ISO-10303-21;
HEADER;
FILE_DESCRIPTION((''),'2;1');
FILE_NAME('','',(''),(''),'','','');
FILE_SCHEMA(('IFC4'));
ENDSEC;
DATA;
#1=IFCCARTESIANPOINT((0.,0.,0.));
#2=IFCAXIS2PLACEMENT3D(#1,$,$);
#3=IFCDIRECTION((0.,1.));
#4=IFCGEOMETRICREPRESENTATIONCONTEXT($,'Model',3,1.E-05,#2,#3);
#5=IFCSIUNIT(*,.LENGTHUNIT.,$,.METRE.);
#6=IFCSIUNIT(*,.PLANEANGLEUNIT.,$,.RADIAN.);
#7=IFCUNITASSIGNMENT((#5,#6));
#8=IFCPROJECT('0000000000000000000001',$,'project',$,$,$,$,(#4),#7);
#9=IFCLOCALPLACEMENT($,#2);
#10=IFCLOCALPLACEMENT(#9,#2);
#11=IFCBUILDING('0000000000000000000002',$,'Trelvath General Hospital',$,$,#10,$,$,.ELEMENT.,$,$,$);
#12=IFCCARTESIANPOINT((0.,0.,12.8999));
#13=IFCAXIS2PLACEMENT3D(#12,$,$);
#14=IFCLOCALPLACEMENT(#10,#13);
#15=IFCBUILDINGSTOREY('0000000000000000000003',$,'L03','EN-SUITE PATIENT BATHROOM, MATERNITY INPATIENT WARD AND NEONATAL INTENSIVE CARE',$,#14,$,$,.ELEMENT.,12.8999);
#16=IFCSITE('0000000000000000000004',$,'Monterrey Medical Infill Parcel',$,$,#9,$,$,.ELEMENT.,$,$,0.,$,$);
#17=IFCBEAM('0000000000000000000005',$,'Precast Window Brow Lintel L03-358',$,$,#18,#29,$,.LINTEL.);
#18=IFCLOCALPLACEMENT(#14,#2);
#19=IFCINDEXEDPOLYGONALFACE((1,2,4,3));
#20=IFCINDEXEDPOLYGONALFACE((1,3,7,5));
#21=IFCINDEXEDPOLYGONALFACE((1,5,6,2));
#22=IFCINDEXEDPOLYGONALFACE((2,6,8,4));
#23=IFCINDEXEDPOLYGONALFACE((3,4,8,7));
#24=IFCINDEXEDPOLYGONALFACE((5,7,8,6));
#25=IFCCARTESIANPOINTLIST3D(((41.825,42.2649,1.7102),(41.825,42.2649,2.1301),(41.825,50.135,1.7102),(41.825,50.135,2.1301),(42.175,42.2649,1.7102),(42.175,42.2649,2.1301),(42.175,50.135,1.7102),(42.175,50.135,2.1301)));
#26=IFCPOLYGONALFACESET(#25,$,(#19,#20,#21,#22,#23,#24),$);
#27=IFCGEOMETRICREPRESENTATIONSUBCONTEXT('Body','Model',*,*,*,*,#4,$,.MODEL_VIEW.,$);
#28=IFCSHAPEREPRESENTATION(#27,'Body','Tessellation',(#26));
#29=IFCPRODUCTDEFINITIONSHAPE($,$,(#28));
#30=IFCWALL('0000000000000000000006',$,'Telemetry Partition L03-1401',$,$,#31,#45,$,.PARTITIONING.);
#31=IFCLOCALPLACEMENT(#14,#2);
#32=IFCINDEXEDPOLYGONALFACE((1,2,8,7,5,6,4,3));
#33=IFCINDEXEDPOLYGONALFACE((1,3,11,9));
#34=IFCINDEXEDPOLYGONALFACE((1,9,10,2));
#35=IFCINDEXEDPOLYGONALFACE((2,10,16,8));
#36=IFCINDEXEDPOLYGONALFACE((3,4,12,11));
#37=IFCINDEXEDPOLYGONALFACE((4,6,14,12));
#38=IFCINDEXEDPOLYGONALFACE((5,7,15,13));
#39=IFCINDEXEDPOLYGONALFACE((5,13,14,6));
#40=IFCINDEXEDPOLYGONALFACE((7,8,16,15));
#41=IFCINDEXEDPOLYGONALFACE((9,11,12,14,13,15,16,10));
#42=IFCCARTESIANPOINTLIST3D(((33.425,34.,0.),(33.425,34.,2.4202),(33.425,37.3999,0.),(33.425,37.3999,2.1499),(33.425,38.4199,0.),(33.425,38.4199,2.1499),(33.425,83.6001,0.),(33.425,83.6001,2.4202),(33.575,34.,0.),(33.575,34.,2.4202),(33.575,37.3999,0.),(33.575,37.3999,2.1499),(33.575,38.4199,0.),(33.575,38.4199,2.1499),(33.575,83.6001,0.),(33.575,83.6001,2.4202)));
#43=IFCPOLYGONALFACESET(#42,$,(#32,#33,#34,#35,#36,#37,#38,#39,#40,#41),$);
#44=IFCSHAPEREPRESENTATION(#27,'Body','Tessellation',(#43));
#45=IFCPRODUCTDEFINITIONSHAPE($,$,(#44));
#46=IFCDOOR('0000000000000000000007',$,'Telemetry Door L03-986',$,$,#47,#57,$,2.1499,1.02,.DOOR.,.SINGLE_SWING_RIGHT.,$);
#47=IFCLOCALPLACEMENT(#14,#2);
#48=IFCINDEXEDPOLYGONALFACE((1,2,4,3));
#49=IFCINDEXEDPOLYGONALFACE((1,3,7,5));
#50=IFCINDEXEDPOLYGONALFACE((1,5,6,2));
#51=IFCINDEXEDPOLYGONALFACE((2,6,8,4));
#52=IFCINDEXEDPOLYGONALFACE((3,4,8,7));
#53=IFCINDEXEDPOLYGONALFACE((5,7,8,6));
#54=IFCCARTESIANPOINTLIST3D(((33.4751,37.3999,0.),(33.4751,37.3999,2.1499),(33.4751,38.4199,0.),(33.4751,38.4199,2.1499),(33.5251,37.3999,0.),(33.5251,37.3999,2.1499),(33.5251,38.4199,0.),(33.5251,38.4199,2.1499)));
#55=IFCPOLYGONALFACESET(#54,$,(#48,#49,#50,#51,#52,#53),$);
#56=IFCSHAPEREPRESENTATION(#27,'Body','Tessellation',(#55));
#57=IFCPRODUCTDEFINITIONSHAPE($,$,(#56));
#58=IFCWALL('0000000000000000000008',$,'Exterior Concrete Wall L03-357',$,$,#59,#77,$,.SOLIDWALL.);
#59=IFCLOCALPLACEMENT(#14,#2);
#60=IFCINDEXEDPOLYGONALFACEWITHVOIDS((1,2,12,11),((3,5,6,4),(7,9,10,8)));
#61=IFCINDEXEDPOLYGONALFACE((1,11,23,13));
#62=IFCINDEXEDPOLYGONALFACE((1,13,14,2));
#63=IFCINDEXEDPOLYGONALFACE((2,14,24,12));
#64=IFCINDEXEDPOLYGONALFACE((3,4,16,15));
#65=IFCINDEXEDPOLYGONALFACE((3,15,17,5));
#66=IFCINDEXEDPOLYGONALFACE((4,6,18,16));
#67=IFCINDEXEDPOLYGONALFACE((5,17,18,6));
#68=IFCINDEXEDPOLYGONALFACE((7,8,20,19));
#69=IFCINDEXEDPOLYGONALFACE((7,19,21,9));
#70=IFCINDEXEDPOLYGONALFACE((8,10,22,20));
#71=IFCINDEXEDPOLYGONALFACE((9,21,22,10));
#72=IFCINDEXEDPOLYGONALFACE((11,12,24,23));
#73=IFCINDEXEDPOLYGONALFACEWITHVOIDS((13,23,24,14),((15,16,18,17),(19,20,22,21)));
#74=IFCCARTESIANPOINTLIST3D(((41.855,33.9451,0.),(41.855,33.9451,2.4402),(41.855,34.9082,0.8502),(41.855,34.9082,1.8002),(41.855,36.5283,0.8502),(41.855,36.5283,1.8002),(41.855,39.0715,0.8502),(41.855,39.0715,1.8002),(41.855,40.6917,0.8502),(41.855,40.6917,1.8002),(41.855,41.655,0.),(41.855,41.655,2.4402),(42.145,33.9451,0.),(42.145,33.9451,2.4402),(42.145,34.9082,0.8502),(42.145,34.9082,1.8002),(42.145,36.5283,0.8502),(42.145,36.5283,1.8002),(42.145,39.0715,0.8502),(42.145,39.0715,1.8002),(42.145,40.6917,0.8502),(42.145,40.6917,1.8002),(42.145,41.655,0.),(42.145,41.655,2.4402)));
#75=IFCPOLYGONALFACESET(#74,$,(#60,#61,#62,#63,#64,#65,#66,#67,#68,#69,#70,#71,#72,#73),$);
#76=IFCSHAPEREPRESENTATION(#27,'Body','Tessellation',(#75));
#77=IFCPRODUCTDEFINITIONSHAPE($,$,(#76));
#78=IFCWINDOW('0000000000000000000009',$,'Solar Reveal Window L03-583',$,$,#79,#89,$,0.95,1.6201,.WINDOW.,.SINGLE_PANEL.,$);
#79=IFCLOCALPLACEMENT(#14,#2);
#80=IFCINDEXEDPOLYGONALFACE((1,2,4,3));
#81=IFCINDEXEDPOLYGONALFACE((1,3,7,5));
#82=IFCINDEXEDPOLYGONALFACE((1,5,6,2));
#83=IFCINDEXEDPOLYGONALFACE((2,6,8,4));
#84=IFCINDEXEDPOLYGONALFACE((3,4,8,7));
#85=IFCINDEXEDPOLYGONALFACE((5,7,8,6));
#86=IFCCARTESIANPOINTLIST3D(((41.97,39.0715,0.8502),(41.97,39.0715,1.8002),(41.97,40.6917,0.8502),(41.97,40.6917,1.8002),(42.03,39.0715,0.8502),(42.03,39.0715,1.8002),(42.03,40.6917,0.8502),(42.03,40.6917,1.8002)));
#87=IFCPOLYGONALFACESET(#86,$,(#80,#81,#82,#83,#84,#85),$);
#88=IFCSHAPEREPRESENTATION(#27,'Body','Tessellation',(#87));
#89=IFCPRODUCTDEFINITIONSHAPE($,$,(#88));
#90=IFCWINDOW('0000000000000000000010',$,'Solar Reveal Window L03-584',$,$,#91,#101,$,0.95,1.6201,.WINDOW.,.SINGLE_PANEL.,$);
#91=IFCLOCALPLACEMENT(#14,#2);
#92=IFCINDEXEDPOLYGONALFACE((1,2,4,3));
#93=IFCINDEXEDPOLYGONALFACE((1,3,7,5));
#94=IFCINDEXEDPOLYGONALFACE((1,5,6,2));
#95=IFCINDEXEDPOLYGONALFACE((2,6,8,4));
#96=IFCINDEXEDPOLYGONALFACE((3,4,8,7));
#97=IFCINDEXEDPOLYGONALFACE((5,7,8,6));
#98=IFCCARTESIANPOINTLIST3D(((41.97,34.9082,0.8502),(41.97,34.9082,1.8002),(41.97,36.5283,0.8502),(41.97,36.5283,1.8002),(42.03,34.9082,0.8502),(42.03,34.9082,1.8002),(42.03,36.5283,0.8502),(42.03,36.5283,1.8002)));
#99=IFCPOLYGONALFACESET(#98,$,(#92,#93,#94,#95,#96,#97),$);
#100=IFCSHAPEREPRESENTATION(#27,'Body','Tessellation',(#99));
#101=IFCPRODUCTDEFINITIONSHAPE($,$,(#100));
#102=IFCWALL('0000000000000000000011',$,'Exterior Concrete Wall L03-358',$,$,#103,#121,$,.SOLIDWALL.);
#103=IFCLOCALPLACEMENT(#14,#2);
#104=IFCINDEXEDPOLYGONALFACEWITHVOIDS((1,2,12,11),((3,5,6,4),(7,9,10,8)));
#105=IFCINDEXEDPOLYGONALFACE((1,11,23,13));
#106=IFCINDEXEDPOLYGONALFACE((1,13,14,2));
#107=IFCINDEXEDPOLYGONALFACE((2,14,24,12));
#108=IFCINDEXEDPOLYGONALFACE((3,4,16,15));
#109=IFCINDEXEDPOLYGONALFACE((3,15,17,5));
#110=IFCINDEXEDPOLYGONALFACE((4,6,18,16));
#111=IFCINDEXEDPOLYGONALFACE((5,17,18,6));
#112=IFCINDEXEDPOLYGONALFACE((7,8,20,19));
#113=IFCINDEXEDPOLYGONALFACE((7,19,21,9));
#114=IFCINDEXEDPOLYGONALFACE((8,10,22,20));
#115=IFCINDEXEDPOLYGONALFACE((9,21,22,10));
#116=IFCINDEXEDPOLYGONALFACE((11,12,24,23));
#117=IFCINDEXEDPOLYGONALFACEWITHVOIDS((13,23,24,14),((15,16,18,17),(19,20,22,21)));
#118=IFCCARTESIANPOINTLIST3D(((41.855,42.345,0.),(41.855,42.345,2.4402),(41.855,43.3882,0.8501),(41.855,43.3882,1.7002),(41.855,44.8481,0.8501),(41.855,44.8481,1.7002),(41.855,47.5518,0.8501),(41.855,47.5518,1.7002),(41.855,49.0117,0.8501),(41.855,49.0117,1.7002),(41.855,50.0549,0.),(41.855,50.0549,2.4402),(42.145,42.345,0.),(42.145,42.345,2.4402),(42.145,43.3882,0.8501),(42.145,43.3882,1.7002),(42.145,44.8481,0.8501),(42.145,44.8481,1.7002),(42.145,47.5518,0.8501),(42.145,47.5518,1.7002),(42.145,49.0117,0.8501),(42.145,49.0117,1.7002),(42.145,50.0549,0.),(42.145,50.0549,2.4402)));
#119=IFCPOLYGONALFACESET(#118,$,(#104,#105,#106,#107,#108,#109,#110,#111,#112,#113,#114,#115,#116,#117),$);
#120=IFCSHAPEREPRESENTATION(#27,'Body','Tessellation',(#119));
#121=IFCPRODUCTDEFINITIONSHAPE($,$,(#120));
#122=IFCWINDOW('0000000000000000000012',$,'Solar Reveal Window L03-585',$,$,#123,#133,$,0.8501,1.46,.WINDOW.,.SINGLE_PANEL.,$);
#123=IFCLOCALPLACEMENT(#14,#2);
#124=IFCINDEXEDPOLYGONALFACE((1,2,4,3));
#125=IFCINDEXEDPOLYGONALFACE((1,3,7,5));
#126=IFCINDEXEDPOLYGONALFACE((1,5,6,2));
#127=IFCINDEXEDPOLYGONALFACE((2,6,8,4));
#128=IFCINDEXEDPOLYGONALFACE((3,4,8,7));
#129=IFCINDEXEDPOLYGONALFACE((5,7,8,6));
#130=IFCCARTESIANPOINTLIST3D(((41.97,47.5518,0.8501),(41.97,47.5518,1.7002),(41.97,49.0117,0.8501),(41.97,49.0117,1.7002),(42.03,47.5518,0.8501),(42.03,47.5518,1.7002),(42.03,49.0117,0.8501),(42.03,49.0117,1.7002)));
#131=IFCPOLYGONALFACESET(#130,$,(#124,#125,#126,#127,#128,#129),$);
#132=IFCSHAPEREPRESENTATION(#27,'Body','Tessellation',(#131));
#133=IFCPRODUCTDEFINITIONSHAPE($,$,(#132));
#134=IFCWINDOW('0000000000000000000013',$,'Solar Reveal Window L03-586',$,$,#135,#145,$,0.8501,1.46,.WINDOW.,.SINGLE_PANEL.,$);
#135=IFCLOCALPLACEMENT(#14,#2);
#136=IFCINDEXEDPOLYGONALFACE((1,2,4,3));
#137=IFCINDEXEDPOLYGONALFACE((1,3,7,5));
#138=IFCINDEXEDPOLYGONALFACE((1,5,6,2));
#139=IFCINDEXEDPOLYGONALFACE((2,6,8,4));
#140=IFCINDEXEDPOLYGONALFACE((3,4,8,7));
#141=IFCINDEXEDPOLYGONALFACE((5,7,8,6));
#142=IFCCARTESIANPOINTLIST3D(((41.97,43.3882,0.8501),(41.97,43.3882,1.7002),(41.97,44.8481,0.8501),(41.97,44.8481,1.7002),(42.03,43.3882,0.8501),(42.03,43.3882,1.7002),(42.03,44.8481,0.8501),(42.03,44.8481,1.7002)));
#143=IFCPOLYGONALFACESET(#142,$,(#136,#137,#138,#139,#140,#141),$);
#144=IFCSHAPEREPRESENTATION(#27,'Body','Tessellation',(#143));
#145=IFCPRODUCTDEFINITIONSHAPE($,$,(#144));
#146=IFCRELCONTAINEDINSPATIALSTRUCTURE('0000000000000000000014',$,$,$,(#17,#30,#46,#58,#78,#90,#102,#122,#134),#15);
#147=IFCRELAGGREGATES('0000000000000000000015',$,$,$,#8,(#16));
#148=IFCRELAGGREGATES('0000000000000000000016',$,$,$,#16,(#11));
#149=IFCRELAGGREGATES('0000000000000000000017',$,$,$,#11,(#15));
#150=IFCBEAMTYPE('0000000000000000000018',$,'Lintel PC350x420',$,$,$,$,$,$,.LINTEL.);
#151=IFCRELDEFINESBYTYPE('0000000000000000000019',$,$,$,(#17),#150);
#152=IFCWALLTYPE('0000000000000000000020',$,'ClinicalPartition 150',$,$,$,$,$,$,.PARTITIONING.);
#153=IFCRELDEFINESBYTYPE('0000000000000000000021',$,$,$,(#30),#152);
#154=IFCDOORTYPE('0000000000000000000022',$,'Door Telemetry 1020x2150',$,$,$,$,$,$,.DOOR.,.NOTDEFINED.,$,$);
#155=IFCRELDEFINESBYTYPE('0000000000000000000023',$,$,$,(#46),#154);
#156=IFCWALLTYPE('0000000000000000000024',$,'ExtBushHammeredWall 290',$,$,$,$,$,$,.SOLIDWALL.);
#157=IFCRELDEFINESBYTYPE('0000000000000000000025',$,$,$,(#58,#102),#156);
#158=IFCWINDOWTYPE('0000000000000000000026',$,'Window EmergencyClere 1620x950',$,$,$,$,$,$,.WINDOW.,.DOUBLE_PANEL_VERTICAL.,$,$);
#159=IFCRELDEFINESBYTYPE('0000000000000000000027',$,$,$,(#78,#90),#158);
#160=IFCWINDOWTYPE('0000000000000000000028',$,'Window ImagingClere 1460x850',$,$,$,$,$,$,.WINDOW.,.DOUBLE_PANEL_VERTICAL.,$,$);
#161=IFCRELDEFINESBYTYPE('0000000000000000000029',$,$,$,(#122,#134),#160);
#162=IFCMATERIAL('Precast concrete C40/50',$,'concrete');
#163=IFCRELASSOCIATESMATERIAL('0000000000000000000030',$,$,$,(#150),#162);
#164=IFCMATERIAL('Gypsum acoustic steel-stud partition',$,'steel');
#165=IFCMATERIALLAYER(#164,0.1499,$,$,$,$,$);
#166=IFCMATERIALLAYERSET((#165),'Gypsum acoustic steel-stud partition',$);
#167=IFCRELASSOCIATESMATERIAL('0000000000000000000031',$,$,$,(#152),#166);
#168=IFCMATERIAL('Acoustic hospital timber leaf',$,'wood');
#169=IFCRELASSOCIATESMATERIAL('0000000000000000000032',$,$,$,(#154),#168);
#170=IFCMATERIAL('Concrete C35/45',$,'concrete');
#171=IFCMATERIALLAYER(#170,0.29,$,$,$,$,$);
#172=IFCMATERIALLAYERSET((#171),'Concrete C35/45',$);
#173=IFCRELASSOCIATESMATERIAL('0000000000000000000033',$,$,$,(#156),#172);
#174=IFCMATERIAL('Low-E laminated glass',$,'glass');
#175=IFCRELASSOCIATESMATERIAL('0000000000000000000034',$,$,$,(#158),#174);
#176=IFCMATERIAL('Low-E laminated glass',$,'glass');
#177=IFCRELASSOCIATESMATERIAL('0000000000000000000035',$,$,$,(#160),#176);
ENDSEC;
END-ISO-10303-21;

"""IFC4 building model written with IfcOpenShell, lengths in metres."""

from ifc_helpers import new_model, si_unit, direction, frame, frame_2d, origin, origin_2d, place, context, subcontext, project, spatial, rectangle, extrude, material, layer, layer_set, material_profile, profile_set, type_object, element, fill, save


model = new_model("IFC4")

# Units and contexts
model_context = context("Model", 3, precision=1e-05, world=origin(), true_north=direction((0.0, 1.0)))
body_context = subcontext(model_context, "Body", "Model", "MODEL_VIEW")
ifc_project = project(units=[si_unit("LENGTHUNIT", "METRE"), si_unit("PLANEANGLEUNIT", "RADIAN")], contexts=[model_context])

# Site, building, storey
site_placement = place(None, origin())
site = spatial("IfcSite", under=ifc_project, at=site_placement, Name="Monterrey Medical Infill Parcel", CompositionType="ELEMENT", RefElevation=0.0)
building_placement = place(site_placement, origin())
building = spatial("IfcBuilding", under=site, at=building_placement, Name="Trelvath General Hospital", CompositionType="ELEMENT")
storey_placement = place(building_placement, frame((0.0, 0.0, 12.8999)))
storey = spatial("IfcBuildingStorey", under=building, at=storey_placement, Name="L03", Description="EN-SUITE PATIENT BATHROOM, MATERNITY INPATIENT WARD AND NEONATAL INTENSIVE CARE", CompositionType="ELEMENT", Elevation=12.8999)

# Beam
ifc_material_1 = material(Name="Precast concrete C40/50", Category="concrete")
ifc_material_profile_1 = material_profile(ifc_material_1, rectangle(XDim=0.3501, YDim=0.4199, at=origin_2d()), Name="PCL350x420")
ifc_profile_set_1 = profile_set([ifc_material_profile_1], Name="Precast concrete C40/50")
beam_type_1 = type_object("IfcBeamType", Name="Lintel PC350x420", PredefinedType="LINTEL", material=ifc_profile_set_1)
beam_1_placement = place(storey_placement, frame((42.0, 50.135, 1.9202), z_axis=(0.0, -1.0, 0.0), x_axis=(1.0, 0.0, 0.0)))
element("IfcBeam", 1, at=beam_1_placement, inside=storey, type_object=beam_type_1, Name="Precast Window Brow Lintel L03-358", PredefinedType="LINTEL", context=body_context, shape_type="SweptSolid", body=[
    extrude(rectangle(XDim=0.3501, YDim=0.4199, at=origin_2d()), origin(), (0.0, 0.0, 1.0), 7.8701),
])

# Wall, opening, door
ifc_material_2 = material(Name="Gypsum acoustic steel-stud partition", Category="steel")
ifc_layer_1 = layer(ifc_material_2, 0.1499)
ifc_layer_set_1 = layer_set([ifc_layer_1], Name="Gypsum acoustic steel-stud partition")
wall_type_1 = type_object("IfcWallType", Name="ClinicalPartition 150", PredefinedType="PARTITIONING", material=ifc_layer_set_1)
wall_1_placement = place(storey_placement, frame((33.5, 34.0, 0.0), z_axis=(0.0, 0.0, 1.0), x_axis=(0.0, 1.0, 0.0)))
wall_1 = element("IfcWall", 2, at=wall_1_placement, inside=storey, type_object=wall_type_1, Name="Telemetry Partition L03-1401", PredefinedType="PARTITIONING", context=body_context, shape_type="SweptSolid", body=[
    extrude(rectangle(XDim=49.6001, YDim=0.1499, at=frame_2d((24.8, 0.0))), origin(), (0.0, 0.0, 1.0), 2.4202),
])
opening_1_placement = place(wall_1_placement, frame((3.3999, 0.0, 0.0)))
opening_1 = element("IfcOpeningElement", 3, at=opening_1_placement, cuts=wall_1, PredefinedType="OPENING", context=body_context, shape_type="SweptSolid", body=[
    extrude(rectangle(XDim=1.02, YDim=2.1499, at=frame_2d((0.51, 1.075))), frame((0.0, 0.085, 0.0), z_axis=(0.0, -1.0, 0.0), x_axis=(1.0, 0.0, 0.0)), (0.0, 0.0, 1.0), 0.1699),
])
ifc_material_3 = material(Name="Acoustic hospital timber leaf", Category="wood")
door_type = type_object("IfcDoorType", Name="Door Telemetry 1020x2150", OperationType="NOTDEFINED", PredefinedType="DOOR", material=ifc_material_3)
door_placement = place(opening_1_placement, origin())
door = element("IfcDoor", 4, at=door_placement, inside=storey, type_object=door_type, Name="Telemetry Door L03-986", OperationType="SINGLE_SWING_RIGHT", OverallHeight=2.1499, OverallWidth=1.02, PredefinedType="DOOR", context=body_context, shape_type="SweptSolid", body=[
    extrude(rectangle(XDim=1.02, YDim=2.1499, at=frame_2d((0.51, 1.075))), frame((0.0, 0.0249, 0.0), z_axis=(0.0, -1.0, 0.0), x_axis=(1.0, 0.0, 0.0)), (0.0, 0.0, 1.0), 0.05),
])
fill(opening_1, door)

# Walls, openings, windows
ifc_material_4 = material(Name="Concrete C35/45", Category="concrete")
ifc_layer_2 = layer(ifc_material_4, 0.29)
ifc_layer_set_2 = layer_set([ifc_layer_2], Name="Concrete C35/45")
wall_type_2 = type_object("IfcWallType", Name="ExtBushHammeredWall 290", PredefinedType="SOLIDWALL", material=ifc_layer_set_2)
wall_2_placement = place(storey_placement, frame((42.0, 41.655, 0.0), z_axis=(0.0, 0.0, 1.0), x_axis=(0.0, -1.0, 0.0)))
wall_2 = element("IfcWall", 5, at=wall_2_placement, inside=storey, type_object=wall_type_2, Name="Exterior Concrete Wall L03-357", PredefinedType="SOLIDWALL", context=body_context, shape_type="SweptSolid", body=[
    extrude(rectangle(XDim=7.71, YDim=0.29, at=frame_2d((3.855, 0.0))), origin(), (0.0, 0.0, 1.0), 2.4402),
])
opening_2_placement = place(wall_2_placement, frame((0.9634, 0.0, 0.8501)))
opening_2 = element("IfcOpeningElement", 6, at=opening_2_placement, cuts=wall_2, PredefinedType="OPENING", context=body_context, shape_type="SweptSolid", body=[
    extrude(rectangle(XDim=1.6201, YDim=0.95, at=frame_2d((0.8101, 0.4751))), frame((0.0, 0.155, 0.0), z_axis=(0.0, -1.0, 0.0), x_axis=(1.0, 0.0, 0.0)), (0.0, 0.0, 1.0), 0.3101),
])
opening_3_placement = place(wall_2_placement, frame((5.1267, 0.0, 0.8501)))
opening_3 = element("IfcOpeningElement", 7, at=opening_3_placement, cuts=wall_2, PredefinedType="OPENING", context=body_context, shape_type="SweptSolid", body=[
    extrude(rectangle(XDim=1.6201, YDim=0.95, at=frame_2d((0.8101, 0.4751))), frame((0.0, 0.155, 0.0), z_axis=(0.0, -1.0, 0.0), x_axis=(1.0, 0.0, 0.0)), (0.0, 0.0, 1.0), 0.3101),
])
ifc_material_5 = material(Name="Low-E laminated glass", Category="glass")
window_type_1 = type_object("IfcWindowType", Name="Window EmergencyClere 1620x950", PartitioningType="DOUBLE_PANEL_VERTICAL", PredefinedType="WINDOW", material=ifc_material_5)
window_1_placement = place(opening_2_placement, origin())
window_1 = element("IfcWindow", 8, at=window_1_placement, inside=storey, type_object=window_type_1, Name="Solar Reveal Window L03-583", OverallHeight=0.95, OverallWidth=1.6201, PartitioningType="SINGLE_PANEL", PredefinedType="WINDOW", context=body_context, shape_type="SweptSolid", body=[
    extrude(rectangle(XDim=1.6201, YDim=0.95, at=frame_2d((0.8101, 0.4751))), frame((0.0, 0.03, 0.0), z_axis=(0.0, -1.0, 0.0), x_axis=(1.0, 0.0, 0.0)), (0.0, 0.0, 1.0), 0.0601),
])
fill(opening_2, window_1)
window_2_placement = place(opening_3_placement, origin())
window_2 = element("IfcWindow", 9, at=window_2_placement, inside=storey, type_object=window_type_1, Name="Solar Reveal Window L03-584", OverallHeight=0.95, OverallWidth=1.6201, PartitioningType="SINGLE_PANEL", PredefinedType="WINDOW", context=body_context, shape_type="SweptSolid", body=[
    extrude(rectangle(XDim=1.6201, YDim=0.95, at=frame_2d((0.8101, 0.4751))), frame((0.0, 0.03, 0.0), z_axis=(0.0, -1.0, 0.0), x_axis=(1.0, 0.0, 0.0)), (0.0, 0.0, 1.0), 0.0601),
])
fill(opening_3, window_2)
wall_3_placement = place(storey_placement, frame((42.0, 50.0549, 0.0), z_axis=(0.0, 0.0, 1.0), x_axis=(0.0, -1.0, 0.0)))
wall_3 = element("IfcWall", 10, at=wall_3_placement, inside=storey, type_object=wall_type_2, Name="Exterior Concrete Wall L03-358", PredefinedType="SOLIDWALL", context=body_context, shape_type="SweptSolid", body=[
    extrude(rectangle(XDim=7.71, YDim=0.29, at=frame_2d((3.855, 0.0))), origin(), (0.0, 0.0, 1.0), 2.4402),
])
opening_4_placement = place(wall_3_placement, frame((1.0432, 0.0, 0.8501)))
opening_4 = element("IfcOpeningElement", 11, at=opening_4_placement, cuts=wall_3, PredefinedType="OPENING", context=body_context, shape_type="SweptSolid", body=[
    extrude(rectangle(XDim=1.46, YDim=0.8501, at=frame_2d((0.73, 0.425))), frame((0.0, 0.155, 0.0), z_axis=(0.0, -1.0, 0.0), x_axis=(1.0, 0.0, 0.0)), (0.0, 0.0, 1.0), 0.3101),
])
opening_5_placement = place(wall_3_placement, frame((5.2068, 0.0, 0.8501)))
opening_5 = element("IfcOpeningElement", 12, at=opening_5_placement, cuts=wall_3, PredefinedType="OPENING", context=body_context, shape_type="SweptSolid", body=[
    extrude(rectangle(XDim=1.46, YDim=0.8501, at=frame_2d((0.73, 0.425))), frame((0.0, 0.155, 0.0), z_axis=(0.0, -1.0, 0.0), x_axis=(1.0, 0.0, 0.0)), (0.0, 0.0, 1.0), 0.3101),
])
ifc_material_6 = material(Name="Low-E laminated glass", Category="glass")
window_type_2 = type_object("IfcWindowType", Name="Window ImagingClere 1460x850", PartitioningType="DOUBLE_PANEL_VERTICAL", PredefinedType="WINDOW", material=ifc_material_6)
window_3_placement = place(opening_4_placement, origin())
window_3 = element("IfcWindow", 13, at=window_3_placement, inside=storey, type_object=window_type_2, Name="Solar Reveal Window L03-585", OverallHeight=0.8501, OverallWidth=1.46, PartitioningType="SINGLE_PANEL", PredefinedType="WINDOW", context=body_context, shape_type="SweptSolid", body=[
    extrude(rectangle(XDim=1.46, YDim=0.8501, at=frame_2d((0.73, 0.425))), frame((0.0, 0.03, 0.0), z_axis=(0.0, -1.0, 0.0), x_axis=(1.0, 0.0, 0.0)), (0.0, 0.0, 1.0), 0.0601),
])
fill(opening_4, window_3)
window_4_placement = place(opening_5_placement, origin())
window_4 = element("IfcWindow", 14, at=window_4_placement, inside=storey, type_object=window_type_2, Name="Solar Reveal Window L03-586", OverallHeight=0.8501, OverallWidth=1.46, PartitioningType="SINGLE_PANEL", PredefinedType="WINDOW", context=body_context, shape_type="SweptSolid", body=[
    extrude(rectangle(XDim=1.46, YDim=0.8501, at=frame_2d((0.73, 0.425))), frame((0.0, 0.03, 0.0), z_axis=(0.0, -1.0, 0.0), x_axis=(1.0, 0.0, 0.0)), (0.0, 0.0, 1.0), 0.0601),
])
fill(opening_5, window_4)

save(model, "model.ifc")
